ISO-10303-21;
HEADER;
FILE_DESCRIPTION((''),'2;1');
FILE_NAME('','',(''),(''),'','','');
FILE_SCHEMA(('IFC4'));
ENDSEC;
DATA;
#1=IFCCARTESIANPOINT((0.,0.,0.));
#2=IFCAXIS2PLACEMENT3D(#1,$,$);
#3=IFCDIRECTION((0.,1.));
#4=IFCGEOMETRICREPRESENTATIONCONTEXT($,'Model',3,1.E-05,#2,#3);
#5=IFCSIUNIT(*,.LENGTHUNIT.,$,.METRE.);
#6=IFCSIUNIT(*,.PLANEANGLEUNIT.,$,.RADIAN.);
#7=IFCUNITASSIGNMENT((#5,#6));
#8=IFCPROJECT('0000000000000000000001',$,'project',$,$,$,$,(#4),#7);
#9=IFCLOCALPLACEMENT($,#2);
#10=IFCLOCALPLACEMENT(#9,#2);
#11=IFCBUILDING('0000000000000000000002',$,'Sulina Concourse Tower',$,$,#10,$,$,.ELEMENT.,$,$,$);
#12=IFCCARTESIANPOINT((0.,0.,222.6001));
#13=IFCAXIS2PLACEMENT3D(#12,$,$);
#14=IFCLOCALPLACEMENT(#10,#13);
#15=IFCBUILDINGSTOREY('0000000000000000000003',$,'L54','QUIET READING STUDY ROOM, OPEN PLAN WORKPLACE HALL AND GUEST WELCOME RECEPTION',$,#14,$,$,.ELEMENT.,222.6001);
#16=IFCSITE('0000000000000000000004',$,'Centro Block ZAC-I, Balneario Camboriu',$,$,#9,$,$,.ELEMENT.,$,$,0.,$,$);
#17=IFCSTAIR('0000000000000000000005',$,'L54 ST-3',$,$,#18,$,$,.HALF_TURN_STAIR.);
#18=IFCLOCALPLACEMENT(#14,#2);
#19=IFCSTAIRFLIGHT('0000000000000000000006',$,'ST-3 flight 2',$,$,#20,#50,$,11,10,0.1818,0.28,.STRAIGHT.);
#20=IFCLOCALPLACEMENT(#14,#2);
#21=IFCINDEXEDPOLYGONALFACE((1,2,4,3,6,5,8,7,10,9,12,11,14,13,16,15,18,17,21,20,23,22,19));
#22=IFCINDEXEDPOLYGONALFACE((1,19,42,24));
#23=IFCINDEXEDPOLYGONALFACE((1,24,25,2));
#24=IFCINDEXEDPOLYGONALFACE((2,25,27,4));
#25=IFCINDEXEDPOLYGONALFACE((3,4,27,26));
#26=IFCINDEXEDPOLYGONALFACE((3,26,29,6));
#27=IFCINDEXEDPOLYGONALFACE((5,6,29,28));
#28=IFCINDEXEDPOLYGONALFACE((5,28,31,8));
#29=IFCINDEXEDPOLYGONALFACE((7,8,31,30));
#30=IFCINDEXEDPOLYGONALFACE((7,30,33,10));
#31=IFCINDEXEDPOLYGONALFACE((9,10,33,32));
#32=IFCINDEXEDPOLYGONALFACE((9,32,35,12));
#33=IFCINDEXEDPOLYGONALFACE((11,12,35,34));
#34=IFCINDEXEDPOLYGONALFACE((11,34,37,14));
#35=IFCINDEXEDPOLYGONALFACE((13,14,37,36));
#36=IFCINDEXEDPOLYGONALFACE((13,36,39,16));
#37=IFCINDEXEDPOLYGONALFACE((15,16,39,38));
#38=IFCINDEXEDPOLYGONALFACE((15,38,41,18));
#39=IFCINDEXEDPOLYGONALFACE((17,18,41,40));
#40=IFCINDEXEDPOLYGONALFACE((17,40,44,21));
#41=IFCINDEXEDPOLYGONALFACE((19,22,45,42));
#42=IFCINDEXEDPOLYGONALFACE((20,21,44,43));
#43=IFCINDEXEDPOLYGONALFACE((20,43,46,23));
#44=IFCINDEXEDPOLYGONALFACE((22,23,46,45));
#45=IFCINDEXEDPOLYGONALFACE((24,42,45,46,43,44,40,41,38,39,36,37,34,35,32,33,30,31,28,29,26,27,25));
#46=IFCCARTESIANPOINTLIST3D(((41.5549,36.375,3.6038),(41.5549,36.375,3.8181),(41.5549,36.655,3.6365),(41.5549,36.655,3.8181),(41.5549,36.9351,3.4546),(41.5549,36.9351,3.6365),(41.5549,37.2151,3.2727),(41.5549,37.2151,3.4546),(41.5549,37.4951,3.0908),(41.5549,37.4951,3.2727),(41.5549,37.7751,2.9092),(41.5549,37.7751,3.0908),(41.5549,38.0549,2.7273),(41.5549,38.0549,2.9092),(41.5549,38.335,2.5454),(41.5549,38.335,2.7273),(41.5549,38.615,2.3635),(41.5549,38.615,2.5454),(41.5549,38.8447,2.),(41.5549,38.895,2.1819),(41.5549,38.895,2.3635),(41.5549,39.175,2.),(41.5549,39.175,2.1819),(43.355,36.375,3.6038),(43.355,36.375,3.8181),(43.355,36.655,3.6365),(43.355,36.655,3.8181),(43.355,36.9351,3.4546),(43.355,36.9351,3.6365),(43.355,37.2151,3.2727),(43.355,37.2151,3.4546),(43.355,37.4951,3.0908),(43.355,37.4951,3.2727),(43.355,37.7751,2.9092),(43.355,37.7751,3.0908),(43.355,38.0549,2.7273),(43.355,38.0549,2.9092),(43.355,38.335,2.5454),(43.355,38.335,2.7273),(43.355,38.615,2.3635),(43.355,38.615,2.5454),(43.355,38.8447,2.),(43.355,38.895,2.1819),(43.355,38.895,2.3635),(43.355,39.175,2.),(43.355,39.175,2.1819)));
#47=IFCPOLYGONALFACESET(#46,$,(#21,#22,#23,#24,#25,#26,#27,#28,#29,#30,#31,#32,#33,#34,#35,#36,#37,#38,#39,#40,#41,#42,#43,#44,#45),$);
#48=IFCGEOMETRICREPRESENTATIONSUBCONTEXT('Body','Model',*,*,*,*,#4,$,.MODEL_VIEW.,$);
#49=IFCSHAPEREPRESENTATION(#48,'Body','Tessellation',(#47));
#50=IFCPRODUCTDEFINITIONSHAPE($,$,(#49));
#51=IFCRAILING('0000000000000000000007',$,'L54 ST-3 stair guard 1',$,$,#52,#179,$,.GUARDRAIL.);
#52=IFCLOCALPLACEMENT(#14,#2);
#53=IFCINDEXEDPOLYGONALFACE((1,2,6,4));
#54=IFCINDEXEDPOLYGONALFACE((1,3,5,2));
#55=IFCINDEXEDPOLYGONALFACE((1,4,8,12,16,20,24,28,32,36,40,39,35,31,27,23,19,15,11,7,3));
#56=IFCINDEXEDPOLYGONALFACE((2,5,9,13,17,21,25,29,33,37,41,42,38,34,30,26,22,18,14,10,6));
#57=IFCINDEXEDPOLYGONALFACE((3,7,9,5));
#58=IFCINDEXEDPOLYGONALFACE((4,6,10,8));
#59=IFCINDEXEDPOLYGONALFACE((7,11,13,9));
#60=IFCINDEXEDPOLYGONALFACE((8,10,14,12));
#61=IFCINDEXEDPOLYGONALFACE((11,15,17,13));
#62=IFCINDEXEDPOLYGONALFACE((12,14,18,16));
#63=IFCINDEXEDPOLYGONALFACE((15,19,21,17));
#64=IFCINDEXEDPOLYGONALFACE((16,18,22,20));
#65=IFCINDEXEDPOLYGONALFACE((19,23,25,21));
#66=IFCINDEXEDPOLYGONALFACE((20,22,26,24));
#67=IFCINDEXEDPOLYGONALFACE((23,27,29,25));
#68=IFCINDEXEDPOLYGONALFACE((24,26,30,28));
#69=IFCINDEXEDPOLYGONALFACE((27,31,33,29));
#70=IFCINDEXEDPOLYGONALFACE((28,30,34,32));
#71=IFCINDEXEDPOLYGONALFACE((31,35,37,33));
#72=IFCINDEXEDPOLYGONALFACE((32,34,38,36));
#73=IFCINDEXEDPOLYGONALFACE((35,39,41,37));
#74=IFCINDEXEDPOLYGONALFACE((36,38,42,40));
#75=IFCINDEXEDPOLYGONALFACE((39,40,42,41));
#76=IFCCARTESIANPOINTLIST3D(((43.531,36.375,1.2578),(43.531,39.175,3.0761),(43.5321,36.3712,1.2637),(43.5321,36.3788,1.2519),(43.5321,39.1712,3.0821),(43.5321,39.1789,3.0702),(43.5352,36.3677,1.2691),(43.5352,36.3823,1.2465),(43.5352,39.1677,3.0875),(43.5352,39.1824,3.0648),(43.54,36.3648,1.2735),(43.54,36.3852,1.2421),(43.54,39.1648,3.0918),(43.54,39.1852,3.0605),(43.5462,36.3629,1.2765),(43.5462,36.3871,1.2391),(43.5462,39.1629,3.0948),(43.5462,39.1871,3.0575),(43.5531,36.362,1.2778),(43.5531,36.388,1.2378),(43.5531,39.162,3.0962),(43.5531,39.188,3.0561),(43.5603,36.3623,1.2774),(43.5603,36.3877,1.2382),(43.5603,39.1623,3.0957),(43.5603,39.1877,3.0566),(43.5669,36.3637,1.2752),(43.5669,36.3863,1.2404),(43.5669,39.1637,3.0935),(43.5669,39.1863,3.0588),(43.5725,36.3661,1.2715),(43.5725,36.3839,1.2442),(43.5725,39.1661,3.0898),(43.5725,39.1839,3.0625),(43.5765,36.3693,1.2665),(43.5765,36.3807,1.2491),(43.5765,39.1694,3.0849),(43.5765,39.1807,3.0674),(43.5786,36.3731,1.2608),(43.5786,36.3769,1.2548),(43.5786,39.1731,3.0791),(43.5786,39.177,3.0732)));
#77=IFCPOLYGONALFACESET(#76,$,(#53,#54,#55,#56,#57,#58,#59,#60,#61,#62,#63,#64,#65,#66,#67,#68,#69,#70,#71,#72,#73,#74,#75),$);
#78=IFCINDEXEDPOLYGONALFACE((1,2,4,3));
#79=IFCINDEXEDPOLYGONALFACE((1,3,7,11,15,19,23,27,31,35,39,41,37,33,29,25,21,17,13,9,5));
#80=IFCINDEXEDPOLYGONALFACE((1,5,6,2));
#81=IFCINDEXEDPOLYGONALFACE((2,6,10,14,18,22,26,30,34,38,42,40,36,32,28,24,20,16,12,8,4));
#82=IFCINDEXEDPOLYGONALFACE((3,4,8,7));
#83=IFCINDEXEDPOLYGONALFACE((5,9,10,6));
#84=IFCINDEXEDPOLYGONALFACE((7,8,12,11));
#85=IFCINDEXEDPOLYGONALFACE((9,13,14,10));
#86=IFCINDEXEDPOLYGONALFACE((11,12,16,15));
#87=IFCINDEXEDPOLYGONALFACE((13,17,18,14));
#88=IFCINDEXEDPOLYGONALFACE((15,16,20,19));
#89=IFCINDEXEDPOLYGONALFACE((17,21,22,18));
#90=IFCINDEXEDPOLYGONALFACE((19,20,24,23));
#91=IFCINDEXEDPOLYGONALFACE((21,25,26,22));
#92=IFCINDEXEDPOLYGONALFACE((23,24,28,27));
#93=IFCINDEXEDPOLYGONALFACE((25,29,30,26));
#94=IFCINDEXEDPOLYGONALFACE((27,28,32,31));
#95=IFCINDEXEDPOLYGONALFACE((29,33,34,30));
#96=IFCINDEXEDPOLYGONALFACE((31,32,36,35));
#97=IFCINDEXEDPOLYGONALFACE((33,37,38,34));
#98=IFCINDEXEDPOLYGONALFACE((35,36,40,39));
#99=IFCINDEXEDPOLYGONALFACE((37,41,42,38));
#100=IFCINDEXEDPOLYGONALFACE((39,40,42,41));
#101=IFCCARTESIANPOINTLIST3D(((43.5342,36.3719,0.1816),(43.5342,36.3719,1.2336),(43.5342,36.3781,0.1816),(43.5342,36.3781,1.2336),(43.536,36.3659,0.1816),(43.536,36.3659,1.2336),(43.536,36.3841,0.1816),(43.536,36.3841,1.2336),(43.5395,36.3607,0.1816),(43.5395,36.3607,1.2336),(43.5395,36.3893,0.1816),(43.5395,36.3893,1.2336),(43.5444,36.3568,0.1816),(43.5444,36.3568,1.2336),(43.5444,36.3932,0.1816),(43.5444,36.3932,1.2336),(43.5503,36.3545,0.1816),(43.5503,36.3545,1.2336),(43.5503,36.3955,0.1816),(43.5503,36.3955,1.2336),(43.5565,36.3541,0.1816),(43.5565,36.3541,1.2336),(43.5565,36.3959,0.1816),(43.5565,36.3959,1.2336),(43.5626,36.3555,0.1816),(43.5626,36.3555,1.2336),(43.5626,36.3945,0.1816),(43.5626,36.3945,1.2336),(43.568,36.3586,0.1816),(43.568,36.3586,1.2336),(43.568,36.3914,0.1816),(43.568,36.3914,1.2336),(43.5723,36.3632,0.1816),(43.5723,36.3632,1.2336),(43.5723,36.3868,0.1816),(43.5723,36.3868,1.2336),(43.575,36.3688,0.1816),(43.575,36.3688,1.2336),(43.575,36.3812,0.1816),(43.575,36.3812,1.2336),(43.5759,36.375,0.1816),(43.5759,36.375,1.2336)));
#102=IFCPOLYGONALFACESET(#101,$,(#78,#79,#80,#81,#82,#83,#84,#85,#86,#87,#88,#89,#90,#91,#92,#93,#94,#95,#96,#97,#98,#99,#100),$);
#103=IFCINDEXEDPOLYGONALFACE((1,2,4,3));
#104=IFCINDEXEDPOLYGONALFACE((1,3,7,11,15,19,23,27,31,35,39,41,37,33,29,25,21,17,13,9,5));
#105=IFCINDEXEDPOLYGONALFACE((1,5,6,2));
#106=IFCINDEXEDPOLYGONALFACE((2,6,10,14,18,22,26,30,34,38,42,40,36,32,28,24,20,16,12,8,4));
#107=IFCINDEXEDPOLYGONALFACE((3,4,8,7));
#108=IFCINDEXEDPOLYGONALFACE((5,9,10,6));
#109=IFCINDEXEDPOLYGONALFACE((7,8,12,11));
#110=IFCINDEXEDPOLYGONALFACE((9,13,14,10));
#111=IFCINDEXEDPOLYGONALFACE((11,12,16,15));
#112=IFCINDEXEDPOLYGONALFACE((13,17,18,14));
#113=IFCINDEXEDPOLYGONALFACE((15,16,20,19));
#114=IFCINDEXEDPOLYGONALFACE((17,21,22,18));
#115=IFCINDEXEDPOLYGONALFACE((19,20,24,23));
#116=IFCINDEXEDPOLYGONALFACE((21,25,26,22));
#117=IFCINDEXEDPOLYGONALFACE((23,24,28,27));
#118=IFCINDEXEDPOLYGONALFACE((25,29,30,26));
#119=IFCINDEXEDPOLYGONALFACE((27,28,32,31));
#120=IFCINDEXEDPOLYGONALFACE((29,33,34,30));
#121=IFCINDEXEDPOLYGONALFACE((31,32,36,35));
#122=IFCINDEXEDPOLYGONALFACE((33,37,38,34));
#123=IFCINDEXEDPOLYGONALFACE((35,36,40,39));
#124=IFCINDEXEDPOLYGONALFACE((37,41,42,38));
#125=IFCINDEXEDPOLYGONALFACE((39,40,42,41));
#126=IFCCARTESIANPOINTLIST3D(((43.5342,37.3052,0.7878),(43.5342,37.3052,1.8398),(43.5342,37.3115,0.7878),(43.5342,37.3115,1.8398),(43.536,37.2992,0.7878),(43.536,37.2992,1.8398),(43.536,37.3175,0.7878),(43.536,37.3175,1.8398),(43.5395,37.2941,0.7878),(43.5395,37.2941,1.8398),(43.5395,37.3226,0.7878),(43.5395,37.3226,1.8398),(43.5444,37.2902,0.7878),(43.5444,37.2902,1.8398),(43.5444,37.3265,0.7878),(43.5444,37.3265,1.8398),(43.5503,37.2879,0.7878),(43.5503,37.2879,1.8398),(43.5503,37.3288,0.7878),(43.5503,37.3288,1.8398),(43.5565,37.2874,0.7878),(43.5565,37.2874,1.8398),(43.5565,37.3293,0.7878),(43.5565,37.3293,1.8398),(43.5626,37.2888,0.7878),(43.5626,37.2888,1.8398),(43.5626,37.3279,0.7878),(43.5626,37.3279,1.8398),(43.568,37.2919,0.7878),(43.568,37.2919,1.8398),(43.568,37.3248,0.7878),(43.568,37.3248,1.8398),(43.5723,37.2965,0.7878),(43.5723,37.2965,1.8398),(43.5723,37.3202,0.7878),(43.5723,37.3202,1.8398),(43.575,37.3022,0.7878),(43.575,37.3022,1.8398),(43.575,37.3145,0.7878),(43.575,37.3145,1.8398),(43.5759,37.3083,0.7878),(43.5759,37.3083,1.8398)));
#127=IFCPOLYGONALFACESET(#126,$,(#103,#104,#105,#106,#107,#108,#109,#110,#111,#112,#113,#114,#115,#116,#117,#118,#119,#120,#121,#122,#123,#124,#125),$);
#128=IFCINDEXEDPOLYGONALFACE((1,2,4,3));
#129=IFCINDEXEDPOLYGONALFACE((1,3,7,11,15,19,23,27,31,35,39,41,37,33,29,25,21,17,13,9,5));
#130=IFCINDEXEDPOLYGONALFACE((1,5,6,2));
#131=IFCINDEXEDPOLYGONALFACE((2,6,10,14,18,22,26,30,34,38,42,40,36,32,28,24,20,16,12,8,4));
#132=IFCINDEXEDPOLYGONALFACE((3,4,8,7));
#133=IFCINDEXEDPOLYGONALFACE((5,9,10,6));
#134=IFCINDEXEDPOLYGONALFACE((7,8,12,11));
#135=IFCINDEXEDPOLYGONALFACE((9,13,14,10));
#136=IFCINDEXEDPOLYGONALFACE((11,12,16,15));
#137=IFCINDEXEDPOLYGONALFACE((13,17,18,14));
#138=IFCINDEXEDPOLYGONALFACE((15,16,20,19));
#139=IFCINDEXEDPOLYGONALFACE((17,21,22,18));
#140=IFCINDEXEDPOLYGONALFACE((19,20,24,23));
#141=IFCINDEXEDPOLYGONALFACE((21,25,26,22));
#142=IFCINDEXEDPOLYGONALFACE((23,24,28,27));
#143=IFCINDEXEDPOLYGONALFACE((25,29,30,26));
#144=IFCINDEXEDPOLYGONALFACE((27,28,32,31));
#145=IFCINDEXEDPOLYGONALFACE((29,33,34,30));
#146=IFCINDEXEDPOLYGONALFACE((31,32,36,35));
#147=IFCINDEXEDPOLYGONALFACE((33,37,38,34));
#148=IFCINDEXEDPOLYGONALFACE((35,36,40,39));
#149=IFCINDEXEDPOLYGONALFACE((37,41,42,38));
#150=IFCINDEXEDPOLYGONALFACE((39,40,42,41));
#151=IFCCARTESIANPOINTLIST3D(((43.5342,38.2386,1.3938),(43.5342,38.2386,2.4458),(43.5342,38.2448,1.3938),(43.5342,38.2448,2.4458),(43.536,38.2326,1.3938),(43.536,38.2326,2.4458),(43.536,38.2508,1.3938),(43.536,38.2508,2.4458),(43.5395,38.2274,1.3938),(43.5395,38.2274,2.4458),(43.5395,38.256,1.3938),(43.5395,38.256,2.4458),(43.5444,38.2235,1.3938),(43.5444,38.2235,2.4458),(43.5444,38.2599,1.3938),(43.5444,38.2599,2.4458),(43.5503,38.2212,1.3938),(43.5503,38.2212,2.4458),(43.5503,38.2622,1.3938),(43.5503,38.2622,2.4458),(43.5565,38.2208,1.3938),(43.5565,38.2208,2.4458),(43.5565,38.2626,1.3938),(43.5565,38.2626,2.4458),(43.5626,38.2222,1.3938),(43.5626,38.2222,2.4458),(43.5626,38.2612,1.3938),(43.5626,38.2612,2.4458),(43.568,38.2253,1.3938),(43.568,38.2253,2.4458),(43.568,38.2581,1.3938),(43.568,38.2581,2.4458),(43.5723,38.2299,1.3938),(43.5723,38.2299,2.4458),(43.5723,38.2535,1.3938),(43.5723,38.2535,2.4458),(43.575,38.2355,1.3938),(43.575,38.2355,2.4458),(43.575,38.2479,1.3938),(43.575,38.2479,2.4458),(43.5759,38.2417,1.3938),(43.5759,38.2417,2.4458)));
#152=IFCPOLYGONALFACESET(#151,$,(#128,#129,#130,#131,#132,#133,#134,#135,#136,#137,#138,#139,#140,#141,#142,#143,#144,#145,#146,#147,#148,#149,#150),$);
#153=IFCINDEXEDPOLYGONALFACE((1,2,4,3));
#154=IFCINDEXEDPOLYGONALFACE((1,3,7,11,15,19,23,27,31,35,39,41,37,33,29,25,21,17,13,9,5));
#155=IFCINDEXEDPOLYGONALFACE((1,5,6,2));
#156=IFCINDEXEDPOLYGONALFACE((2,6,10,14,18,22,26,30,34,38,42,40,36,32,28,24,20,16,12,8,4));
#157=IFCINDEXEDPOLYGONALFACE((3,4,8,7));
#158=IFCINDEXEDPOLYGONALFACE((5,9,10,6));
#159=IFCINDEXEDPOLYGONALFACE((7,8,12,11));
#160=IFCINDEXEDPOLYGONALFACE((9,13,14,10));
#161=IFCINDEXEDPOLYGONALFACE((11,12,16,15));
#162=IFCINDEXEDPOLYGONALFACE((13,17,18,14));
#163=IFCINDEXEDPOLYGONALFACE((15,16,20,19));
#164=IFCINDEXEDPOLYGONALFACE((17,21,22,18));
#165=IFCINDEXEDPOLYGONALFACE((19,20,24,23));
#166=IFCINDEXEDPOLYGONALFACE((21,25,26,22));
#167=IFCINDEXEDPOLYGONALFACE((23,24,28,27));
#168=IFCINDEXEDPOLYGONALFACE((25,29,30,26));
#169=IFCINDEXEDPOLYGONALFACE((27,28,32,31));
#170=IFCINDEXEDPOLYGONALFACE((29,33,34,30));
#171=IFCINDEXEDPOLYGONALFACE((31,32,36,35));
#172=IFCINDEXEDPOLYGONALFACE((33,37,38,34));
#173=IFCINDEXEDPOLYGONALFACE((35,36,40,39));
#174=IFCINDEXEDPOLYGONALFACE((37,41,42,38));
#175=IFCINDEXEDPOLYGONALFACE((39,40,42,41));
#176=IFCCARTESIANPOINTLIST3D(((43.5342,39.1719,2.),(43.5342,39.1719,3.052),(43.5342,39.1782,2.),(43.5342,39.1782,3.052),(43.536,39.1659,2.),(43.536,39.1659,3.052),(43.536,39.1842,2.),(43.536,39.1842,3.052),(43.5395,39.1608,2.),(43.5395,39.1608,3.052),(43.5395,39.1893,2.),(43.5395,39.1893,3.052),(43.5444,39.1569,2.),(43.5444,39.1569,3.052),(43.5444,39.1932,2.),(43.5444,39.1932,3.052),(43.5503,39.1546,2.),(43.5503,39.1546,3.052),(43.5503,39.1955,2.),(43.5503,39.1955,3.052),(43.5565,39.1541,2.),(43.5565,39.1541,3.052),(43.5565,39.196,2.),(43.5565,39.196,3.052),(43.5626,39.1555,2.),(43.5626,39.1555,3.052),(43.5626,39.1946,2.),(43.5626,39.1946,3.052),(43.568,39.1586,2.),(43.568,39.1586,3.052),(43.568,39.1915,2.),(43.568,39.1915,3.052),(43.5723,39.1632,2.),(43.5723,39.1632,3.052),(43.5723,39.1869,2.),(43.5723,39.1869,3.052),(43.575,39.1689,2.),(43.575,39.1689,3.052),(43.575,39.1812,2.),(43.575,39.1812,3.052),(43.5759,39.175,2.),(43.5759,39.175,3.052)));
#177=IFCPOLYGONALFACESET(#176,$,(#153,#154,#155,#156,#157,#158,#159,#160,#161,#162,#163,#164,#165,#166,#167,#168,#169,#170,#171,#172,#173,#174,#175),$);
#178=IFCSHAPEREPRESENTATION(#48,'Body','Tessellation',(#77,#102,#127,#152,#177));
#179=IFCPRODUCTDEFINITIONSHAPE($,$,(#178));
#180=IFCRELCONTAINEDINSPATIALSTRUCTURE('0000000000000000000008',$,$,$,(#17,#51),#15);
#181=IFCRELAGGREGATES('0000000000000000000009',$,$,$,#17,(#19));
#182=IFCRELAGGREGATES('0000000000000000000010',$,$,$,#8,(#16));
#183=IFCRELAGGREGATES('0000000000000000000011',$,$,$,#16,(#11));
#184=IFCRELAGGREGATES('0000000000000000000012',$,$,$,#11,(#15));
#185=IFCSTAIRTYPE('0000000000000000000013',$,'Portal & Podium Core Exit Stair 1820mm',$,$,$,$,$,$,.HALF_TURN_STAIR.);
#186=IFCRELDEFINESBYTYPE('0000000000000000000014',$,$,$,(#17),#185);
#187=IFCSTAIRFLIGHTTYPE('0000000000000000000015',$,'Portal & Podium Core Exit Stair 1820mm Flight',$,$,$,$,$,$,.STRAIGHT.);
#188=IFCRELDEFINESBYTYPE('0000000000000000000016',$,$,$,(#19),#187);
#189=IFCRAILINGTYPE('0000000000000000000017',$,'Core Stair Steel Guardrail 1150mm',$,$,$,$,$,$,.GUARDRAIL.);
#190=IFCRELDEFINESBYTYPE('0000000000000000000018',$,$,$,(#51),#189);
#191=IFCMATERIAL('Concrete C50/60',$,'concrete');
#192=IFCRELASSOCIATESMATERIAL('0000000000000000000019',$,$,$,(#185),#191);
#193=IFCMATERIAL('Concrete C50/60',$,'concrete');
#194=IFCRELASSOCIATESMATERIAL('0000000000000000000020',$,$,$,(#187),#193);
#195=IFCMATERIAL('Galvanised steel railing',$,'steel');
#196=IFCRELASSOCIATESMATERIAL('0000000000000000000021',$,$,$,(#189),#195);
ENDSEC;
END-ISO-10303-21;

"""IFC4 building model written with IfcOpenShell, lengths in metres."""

from ifc_helpers import new_model, si_unit, direction, frame, origin, origin_2d, place, context, subcontext, project, spatial, polyline, circle, outline, extrude, material, type_object, element, aggregate, save


model = new_model("IFC4")

# Units and contexts
model_context = context("Model", 3, precision=1e-05, world=origin(), true_north=direction((0.0, 1.0)))
body_context = subcontext(model_context, "Body", "Model", "MODEL_VIEW")
ifc_project = project(units=[si_unit("LENGTHUNIT", "METRE"), si_unit("PLANEANGLEUNIT", "RADIAN")], contexts=[model_context])

# Site, building, storey
site_placement = place(None, origin())
site = spatial("IfcSite", under=ifc_project, at=site_placement, Name="Centro Block ZAC-I, Balneario Camboriu", CompositionType="ELEMENT", RefElevation=0.0)
building_placement = place(site_placement, origin())
building = spatial("IfcBuilding", under=site, at=building_placement, Name="Sulina Concourse Tower", CompositionType="ELEMENT")
storey_placement = place(building_placement, frame((0.0, 0.0, 222.6001)))
storey = spatial("IfcBuildingStorey", under=building, at=storey_placement, Name="L54", Description="QUIET READING STUDY ROOM, OPEN PLAN WORKPLACE HALL AND GUEST WELCOME RECEPTION", CompositionType="ELEMENT", Elevation=222.6001)

# Stair, stair flight
ifc_material_1 = material(Name="Concrete C50/60", Category="concrete")
stair_type = type_object("IfcStairType", Name="Portal & Podium Core Exit Stair 1820mm", PredefinedType="HALF_TURN_STAIR", material=ifc_material_1)
stair_placement = place(storey_placement, origin())
stair = element("IfcStair", 1, at=stair_placement, inside=storey, type_object=stair_type, Name="L54 ST-3", PredefinedType="HALF_TURN_STAIR")
ifc_material_2 = material(Name="Concrete C50/60", Category="concrete")
stair_flight_type = type_object("IfcStairFlightType", Name="Portal & Podium Core Exit Stair 1820mm Flight", PredefinedType="STRAIGHT", material=ifc_material_2)
stair_flight_placement = place(storey_placement, frame((42.4551, 39.175, 2.0), z_axis=(0.0, 0.0, 1.0), x_axis=(0.0, -1.0, 0.0)))
stair_flight = element("IfcStairFlight", 2, at=stair_flight_placement, type_object=stair_flight_type, Name="ST-3 flight 2", NumberOfRisers=11, NumberOfTreads=10, PredefinedType="STRAIGHT", RiserHeight=0.1818, TreadLength=0.28, context=body_context, shape_type="SweptSolid", body=[
    extrude(outline(polyline([(0.0, 0.0), (0.0, 0.1819), (0.28, 0.1819), (0.28, 0.3635), (0.5601, 0.3635), (0.5601, 0.5454), (0.8401, 0.5454), (0.8401, 0.7273), (1.1201, 0.7273), (1.1201, 0.9092), (1.3999, 0.9092), (1.3999, 1.0908), (1.6799, 1.0908), (1.6799, 1.2727), (1.96, 1.2727), (1.96, 1.4546), (2.24, 1.4546), (2.24, 1.6365), (2.52, 1.6365), (2.52, 1.8181), (2.8, 1.8181), (2.8, 2.0), (2.8, 1.6038), (0.3303, 0.0), (0.0, 0.0)])), frame((0.0, 0.8999, 0.0), z_axis=(0.0, -1.0, 0.0), x_axis=(1.0, 0.0, 0.0)), (0.0, 0.0, 1.0), 1.8),
])
aggregate(stair, [stair_flight])

# Railing
ifc_material_3 = material(Name="Galvanised steel railing", Category="steel")
railing_type_1 = type_object("IfcRailingType", Name="Core Stair Steel Guardrail 1150mm", PredefinedType="GUARDRAIL", material=ifc_material_3)
railing_1_placement = place(storey_placement, frame((43.5549, 36.375, 0.1816)))
element("IfcRailing", 3, at=railing_1_placement, inside=storey, type_object=railing_type_1, Name="L54 ST-3 stair guard 1", PredefinedType="GUARDRAIL", context=body_context, shape_type="SweptSolid", body=[
    extrude(circle(Radius=0.0239, at=origin_2d()), frame((0.0, 0.0, 1.0762), z_axis=(0.0, 0.838672, 0.544636), x_axis=(-1.0, 0.0, 0.0)), (0.0, 0.0, 1.0), 3.3386),
    extrude(circle(Radius=0.021, at=origin_2d()), origin(), (0.0, 0.0, 1.0), 1.052),
    extrude(circle(Radius=0.021, at=origin_2d()), frame((0.0, 0.9333, 0.6062)), (0.0, 0.0, 1.0), 1.052),
    extrude(circle(Radius=0.021, at=origin_2d()), frame((0.0, 1.8667, 1.2122)), (0.0, 0.0, 1.0), 1.052),
    extrude(circle(Radius=0.021, at=origin_2d()), frame((0.0, 2.8, 1.8184)), (0.0, 0.0, 1.0), 1.052),
])

save(model, "model.ifc")
